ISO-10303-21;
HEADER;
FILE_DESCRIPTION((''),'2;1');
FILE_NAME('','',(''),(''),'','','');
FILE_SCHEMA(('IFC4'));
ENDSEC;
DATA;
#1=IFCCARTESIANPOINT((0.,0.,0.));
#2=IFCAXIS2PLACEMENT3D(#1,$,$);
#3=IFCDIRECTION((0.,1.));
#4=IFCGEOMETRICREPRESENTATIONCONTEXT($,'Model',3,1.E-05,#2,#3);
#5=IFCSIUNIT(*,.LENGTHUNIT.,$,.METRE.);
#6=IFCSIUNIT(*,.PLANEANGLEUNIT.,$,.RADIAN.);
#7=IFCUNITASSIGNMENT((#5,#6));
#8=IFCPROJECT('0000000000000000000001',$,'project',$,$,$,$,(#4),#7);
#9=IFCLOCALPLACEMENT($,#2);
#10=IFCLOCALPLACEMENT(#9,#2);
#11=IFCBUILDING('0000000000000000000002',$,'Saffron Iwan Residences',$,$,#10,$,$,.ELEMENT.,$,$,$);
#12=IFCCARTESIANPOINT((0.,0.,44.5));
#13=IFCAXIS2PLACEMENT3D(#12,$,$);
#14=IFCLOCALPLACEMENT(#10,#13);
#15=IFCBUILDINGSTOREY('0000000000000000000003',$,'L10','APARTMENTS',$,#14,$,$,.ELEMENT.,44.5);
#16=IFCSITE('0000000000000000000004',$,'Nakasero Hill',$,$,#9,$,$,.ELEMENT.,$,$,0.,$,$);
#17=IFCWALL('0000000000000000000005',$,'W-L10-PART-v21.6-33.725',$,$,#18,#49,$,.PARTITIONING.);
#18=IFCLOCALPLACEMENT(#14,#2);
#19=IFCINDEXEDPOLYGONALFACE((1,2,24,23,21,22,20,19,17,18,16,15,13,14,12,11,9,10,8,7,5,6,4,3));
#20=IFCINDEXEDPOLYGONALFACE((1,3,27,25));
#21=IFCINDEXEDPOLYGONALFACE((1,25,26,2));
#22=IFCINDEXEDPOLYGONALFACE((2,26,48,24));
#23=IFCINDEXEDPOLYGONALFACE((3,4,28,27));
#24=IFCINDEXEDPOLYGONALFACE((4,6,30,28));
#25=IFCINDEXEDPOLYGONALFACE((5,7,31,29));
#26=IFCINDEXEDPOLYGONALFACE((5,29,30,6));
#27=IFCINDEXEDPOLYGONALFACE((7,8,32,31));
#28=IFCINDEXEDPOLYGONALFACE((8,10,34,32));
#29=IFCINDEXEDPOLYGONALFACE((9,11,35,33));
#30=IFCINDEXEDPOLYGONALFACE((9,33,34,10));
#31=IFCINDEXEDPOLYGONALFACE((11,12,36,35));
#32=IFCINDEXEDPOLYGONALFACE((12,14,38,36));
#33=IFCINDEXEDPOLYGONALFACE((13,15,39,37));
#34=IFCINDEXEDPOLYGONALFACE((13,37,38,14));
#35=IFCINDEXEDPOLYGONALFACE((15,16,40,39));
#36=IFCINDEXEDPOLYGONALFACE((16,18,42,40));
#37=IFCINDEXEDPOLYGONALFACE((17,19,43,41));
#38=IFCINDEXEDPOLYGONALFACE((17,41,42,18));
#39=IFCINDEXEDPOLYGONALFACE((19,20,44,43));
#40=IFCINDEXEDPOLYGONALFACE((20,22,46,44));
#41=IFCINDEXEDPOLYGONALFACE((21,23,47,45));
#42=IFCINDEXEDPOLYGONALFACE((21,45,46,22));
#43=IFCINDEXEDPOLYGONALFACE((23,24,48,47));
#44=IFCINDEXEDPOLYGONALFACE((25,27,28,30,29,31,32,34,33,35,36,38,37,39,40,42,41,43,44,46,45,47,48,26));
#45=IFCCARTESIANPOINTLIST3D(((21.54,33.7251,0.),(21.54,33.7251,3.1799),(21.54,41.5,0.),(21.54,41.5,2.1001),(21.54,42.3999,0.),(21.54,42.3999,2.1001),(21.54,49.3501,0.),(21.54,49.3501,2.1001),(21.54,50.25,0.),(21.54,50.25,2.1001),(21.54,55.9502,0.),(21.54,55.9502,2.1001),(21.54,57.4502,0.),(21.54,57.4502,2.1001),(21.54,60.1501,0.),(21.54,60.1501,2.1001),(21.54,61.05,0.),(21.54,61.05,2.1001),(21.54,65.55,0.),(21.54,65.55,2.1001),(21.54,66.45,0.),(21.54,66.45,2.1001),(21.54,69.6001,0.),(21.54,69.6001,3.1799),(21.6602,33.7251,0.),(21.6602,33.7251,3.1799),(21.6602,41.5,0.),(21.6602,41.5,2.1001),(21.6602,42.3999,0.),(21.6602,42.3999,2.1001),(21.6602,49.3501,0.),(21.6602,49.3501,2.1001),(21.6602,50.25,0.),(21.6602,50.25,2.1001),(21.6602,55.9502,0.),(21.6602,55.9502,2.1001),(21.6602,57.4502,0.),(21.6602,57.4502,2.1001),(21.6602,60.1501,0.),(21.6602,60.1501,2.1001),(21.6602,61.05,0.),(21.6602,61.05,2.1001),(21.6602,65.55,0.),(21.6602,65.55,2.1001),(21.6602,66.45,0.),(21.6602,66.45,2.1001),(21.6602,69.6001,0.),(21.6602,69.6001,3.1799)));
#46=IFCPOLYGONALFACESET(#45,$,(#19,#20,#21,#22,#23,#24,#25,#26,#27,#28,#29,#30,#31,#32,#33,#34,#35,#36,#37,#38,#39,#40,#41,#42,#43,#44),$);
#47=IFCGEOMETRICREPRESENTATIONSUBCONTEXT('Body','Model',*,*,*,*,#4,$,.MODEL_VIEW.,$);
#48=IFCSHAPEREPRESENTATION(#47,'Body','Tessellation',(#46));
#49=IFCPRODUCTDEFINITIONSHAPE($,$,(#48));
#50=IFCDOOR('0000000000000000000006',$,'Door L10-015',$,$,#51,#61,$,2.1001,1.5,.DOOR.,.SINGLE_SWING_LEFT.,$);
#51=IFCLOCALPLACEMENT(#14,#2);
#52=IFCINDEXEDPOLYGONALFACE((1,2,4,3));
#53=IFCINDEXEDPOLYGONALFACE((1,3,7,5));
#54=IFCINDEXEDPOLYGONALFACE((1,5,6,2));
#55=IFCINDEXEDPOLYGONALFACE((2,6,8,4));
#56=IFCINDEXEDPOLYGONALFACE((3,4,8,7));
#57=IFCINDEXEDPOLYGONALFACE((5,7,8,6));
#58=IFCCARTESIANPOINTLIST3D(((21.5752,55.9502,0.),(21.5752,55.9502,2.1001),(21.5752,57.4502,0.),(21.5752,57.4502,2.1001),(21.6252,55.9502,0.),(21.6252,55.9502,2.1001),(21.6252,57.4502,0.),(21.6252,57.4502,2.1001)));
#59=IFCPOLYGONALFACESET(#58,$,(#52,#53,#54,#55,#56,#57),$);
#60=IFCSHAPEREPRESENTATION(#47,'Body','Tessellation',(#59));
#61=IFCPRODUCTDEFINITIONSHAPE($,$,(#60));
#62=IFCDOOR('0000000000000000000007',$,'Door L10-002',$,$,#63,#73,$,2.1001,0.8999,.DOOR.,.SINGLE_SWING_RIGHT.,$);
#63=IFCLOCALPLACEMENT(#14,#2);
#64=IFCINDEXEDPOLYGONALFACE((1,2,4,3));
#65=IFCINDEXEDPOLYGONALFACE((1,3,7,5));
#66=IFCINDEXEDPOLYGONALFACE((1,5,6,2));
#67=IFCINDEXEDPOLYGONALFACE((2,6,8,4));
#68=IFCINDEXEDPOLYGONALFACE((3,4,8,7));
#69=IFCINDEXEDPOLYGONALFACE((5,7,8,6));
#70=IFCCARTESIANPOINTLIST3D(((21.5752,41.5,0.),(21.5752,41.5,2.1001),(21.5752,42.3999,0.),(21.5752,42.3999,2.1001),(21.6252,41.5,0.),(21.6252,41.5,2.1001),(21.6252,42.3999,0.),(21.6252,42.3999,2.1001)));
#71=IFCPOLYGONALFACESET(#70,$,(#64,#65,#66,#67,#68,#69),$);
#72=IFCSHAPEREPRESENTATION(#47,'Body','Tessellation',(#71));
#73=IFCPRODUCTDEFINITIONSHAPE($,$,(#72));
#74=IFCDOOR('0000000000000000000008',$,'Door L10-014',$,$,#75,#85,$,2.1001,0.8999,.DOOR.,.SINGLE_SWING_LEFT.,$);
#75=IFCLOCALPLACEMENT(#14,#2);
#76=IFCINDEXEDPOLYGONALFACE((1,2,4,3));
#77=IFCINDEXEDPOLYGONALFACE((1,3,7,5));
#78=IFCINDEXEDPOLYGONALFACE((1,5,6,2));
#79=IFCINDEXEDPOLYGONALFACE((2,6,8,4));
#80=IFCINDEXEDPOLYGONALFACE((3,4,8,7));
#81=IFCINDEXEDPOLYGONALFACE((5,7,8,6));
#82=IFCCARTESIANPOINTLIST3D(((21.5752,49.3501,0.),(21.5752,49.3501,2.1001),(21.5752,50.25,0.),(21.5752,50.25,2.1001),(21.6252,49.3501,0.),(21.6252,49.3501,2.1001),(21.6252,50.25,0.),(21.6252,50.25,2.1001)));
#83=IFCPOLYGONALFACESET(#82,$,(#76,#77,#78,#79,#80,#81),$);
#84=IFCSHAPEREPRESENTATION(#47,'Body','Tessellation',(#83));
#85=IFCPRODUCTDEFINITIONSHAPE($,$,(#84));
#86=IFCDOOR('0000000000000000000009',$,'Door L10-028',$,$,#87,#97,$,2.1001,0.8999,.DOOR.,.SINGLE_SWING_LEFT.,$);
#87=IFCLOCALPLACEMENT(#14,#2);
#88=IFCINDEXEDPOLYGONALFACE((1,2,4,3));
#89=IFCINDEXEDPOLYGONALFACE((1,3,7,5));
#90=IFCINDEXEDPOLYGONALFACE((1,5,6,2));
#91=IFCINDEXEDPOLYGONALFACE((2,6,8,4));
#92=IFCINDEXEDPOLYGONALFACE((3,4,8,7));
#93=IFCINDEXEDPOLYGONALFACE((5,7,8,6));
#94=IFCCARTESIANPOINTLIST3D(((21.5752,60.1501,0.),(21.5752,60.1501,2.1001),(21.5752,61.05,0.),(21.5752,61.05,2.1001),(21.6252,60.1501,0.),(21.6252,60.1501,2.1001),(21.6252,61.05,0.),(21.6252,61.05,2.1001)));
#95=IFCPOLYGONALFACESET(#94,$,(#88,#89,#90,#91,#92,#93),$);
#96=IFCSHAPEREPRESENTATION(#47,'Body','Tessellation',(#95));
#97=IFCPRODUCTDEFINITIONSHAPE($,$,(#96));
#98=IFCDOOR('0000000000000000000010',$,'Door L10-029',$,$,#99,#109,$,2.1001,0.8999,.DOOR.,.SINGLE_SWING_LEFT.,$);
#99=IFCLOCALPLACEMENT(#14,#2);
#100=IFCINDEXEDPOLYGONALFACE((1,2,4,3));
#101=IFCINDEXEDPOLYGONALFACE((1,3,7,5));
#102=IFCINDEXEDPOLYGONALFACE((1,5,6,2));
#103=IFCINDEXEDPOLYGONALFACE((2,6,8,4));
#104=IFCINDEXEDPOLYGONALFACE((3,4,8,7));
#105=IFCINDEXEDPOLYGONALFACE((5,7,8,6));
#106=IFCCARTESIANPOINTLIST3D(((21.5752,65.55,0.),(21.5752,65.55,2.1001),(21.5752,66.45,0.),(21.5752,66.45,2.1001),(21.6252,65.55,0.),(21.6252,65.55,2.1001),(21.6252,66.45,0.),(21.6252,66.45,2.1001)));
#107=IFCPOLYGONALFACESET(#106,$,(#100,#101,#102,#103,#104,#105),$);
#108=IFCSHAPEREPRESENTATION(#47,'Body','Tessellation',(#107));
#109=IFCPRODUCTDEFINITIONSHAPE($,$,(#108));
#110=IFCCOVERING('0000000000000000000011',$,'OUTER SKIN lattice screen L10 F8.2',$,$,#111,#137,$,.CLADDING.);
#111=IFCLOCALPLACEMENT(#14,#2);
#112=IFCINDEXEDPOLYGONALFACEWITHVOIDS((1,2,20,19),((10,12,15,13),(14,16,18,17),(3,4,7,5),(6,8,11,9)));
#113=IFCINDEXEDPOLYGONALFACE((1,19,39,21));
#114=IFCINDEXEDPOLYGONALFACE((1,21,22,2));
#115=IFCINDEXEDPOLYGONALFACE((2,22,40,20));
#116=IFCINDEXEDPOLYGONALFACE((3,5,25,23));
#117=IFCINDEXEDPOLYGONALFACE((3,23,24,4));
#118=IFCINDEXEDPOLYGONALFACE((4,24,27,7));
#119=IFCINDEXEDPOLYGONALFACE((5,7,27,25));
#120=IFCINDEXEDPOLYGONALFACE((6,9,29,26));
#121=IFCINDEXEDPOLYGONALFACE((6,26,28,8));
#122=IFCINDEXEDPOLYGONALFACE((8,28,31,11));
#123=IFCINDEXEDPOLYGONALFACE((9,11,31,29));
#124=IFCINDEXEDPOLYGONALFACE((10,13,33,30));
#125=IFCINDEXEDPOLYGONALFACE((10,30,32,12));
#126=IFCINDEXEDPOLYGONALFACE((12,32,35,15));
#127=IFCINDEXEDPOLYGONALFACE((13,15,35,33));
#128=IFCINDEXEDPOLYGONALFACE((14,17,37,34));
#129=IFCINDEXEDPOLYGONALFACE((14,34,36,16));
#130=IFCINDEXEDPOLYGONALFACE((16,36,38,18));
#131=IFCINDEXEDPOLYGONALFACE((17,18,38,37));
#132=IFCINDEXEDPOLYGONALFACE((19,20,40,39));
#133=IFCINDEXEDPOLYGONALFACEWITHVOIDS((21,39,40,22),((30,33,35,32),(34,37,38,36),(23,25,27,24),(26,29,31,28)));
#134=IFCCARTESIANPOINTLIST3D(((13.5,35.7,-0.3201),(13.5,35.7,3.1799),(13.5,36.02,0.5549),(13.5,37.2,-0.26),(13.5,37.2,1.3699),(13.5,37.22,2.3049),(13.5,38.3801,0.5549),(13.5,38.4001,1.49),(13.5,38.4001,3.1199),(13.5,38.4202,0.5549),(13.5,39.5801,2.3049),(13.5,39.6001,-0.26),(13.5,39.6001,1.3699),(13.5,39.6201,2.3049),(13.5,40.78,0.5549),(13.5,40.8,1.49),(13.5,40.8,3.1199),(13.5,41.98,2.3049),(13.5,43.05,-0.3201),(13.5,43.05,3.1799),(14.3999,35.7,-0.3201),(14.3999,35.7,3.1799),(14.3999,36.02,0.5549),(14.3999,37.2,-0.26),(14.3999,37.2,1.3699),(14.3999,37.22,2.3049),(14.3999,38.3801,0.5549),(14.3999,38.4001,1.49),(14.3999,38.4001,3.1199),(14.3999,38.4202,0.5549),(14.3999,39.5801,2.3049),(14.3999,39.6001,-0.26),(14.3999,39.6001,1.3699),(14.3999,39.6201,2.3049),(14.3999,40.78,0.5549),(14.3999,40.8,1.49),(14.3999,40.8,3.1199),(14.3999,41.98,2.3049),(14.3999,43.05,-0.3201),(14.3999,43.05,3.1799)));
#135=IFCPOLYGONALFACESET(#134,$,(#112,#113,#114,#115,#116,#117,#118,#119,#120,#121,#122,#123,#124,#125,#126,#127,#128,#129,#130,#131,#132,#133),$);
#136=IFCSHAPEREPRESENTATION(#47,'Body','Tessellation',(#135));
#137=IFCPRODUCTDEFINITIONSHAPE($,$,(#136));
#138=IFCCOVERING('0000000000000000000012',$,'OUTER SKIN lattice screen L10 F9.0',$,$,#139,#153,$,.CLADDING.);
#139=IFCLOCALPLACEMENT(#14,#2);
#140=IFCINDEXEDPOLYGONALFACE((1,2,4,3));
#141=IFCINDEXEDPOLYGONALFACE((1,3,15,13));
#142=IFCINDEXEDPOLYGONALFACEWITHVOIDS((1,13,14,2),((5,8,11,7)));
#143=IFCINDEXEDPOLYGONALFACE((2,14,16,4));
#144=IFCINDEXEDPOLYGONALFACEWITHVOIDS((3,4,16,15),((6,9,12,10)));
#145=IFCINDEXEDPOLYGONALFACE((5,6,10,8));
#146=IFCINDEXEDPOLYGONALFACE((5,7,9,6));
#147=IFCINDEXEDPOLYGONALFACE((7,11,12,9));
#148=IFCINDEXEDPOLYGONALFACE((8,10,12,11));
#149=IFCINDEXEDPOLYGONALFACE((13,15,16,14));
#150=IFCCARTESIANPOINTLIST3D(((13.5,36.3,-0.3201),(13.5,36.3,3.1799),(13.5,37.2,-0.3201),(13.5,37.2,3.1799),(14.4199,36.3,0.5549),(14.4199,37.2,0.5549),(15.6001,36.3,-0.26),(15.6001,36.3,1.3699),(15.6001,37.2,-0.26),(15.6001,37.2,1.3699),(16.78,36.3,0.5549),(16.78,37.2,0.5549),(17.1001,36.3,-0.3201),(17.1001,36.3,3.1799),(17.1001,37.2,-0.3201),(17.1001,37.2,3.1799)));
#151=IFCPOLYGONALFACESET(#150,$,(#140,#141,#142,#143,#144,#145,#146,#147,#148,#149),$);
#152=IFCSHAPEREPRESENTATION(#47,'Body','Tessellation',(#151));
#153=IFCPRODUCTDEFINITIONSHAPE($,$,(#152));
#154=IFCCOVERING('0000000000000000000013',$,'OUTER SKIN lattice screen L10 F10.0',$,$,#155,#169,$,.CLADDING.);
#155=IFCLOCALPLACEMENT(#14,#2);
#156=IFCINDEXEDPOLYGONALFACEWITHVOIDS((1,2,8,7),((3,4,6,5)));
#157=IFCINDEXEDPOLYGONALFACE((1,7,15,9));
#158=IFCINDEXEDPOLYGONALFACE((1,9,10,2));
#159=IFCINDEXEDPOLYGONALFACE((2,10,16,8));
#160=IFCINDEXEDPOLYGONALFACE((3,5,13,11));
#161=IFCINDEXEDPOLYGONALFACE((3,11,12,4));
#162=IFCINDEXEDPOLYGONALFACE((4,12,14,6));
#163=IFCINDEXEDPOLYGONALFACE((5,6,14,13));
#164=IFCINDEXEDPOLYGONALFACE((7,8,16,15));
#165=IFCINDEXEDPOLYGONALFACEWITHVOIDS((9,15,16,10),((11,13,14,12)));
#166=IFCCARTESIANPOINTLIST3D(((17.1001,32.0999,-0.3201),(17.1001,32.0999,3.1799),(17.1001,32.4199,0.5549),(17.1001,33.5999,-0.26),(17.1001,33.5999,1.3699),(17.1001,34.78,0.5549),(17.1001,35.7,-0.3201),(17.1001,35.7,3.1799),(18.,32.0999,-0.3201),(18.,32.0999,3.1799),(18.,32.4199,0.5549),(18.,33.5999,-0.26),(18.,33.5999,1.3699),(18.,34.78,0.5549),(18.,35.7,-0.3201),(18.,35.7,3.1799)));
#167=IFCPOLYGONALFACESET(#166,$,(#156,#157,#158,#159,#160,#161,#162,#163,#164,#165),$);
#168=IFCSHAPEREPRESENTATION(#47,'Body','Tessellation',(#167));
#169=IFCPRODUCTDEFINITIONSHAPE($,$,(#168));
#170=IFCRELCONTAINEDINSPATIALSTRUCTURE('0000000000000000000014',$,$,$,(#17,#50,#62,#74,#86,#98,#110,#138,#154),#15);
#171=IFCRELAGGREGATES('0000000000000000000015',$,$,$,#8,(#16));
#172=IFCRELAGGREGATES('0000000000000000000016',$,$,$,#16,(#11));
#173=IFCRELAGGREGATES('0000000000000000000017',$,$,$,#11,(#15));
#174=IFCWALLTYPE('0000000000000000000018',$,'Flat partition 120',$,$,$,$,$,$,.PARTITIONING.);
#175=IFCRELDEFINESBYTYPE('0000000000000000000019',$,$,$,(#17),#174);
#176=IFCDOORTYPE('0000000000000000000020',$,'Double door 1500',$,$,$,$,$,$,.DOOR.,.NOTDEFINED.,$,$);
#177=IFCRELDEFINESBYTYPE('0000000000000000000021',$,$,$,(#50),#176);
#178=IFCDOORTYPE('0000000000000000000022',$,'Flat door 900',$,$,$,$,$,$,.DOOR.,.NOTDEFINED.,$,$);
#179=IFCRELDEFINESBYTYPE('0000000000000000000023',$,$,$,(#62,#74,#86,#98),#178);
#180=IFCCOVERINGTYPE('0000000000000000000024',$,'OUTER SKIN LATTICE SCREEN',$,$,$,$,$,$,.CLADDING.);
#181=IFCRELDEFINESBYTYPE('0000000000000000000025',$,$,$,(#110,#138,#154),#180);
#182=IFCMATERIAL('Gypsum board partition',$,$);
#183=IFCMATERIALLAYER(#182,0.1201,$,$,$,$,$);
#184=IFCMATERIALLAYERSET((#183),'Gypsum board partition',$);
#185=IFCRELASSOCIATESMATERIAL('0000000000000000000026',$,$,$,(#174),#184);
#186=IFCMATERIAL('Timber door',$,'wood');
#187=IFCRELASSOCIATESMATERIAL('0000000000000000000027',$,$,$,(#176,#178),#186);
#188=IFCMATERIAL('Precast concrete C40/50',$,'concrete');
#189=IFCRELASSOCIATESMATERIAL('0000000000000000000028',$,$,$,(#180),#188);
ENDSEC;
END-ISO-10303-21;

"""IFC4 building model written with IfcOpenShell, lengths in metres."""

from ifc_helpers import new_model, si_unit, direction, frame, frame_2d, origin, place, context, subcontext, project, spatial, polyline, rectangle, outline, extrude, material, layer, layer_set, type_object, element, fill, save


model = new_model("IFC4")

# Units and contexts
model_context = context("Model", 3, precision=1e-05, world=origin(), true_north=direction((0.0, 1.0)))
body_context = subcontext(model_context, "Body", "Model", "MODEL_VIEW")
ifc_project = project(units=[si_unit("LENGTHUNIT", "METRE"), si_unit("PLANEANGLEUNIT", "RADIAN")], contexts=[model_context])

# Site, building, storey
site_placement = place(None, origin())
site = spatial("IfcSite", under=ifc_project, at=site_placement, Name="Nakasero Hill", CompositionType="ELEMENT", RefElevation=0.0)
building_placement = place(site_placement, origin())
building = spatial("IfcBuilding", under=site, at=building_placement, Name="Saffron Iwan Residences", CompositionType="ELEMENT")
storey_placement = place(building_placement, frame((0.0, 0.0, 44.5)))
storey = spatial("IfcBuildingStorey", under=building, at=storey_placement, Name="L10", Description="APARTMENTS", CompositionType="ELEMENT", Elevation=44.5)

# Wall, openings, doors
ifc_material_1 = material(Name="Gypsum board partition")
ifc_layer_1 = layer(ifc_material_1, 0.1201)
ifc_layer_set_1 = layer_set([ifc_layer_1], Name="Gypsum board partition")
wall_type_1 = type_object("IfcWallType", Name="Flat partition 120", PredefinedType="PARTITIONING", material=ifc_layer_set_1)
wall_1_placement = place(storey_placement, frame((21.6001, 33.7251, 0.0), z_axis=(0.0, 0.0, 1.0), x_axis=(0.0, 1.0, 0.0)))
wall_1 = element("IfcWall", 1, at=wall_1_placement, inside=storey, type_object=wall_type_1, Name="W-L10-PART-v21.6-33.725", PredefinedType="PARTITIONING", context=body_context, shape_type="SweptSolid", body=[
    extrude(rectangle(XDim=35.875, YDim=0.1201, at=frame_2d((17.9375, 0.0))), origin(), (0.0, 0.0, 1.0), 3.1799),
])
opening_1_placement = place(wall_1_placement, frame((7.7749, 0.0, 0.0)))
opening_1 = element("IfcOpeningElement", 2, at=opening_1_placement, cuts=wall_1, PredefinedType="OPENING", context=body_context, shape_type="SweptSolid", body=[
    extrude(rectangle(XDim=0.8999, YDim=2.1001, at=frame_2d((0.45, 1.05))), frame((0.0, 0.0701, 0.0), z_axis=(0.0, -1.0, 0.0), x_axis=(1.0, 0.0, 0.0)), (0.0, 0.0, 1.0), 0.1401),
])
opening_2_placement = place(wall_1_placement, frame((15.625, 0.0, 0.0)))
opening_2 = element("IfcOpeningElement", 3, at=opening_2_placement, cuts=wall_1, PredefinedType="OPENING", context=body_context, shape_type="SweptSolid", body=[
    extrude(rectangle(XDim=0.8999, YDim=2.1001, at=frame_2d((0.45, 1.05))), frame((0.0, 0.0701, 0.0), z_axis=(0.0, -1.0, 0.0), x_axis=(1.0, 0.0, 0.0)), (0.0, 0.0, 1.0), 0.1401),
])
opening_3_placement = place(wall_1_placement, frame((22.2251, 0.0, 0.0)))
opening_3 = element("IfcOpeningElement", 4, at=opening_3_placement, cuts=wall_1, PredefinedType="OPENING", context=body_context, shape_type="SweptSolid", body=[
    extrude(rectangle(XDim=1.5, YDim=2.1001, at=frame_2d((0.75, 1.05))), frame((0.0, 0.0701, 0.0), z_axis=(0.0, -1.0, 0.0), x_axis=(1.0, 0.0, 0.0)), (0.0, 0.0, 1.0), 0.1401),
])
opening_4_placement = place(wall_1_placement, frame((26.425, 0.0, 0.0)))
opening_4 = element("IfcOpeningElement", 5, at=opening_4_placement, cuts=wall_1, PredefinedType="OPENING", context=body_context, shape_type="SweptSolid", body=[
    extrude(rectangle(XDim=0.8999, YDim=2.1001, at=frame_2d((0.45, 1.05))), frame((0.0, 0.0701, 0.0), z_axis=(0.0, -1.0, 0.0), x_axis=(1.0, 0.0, 0.0)), (0.0, 0.0, 1.0), 0.1401),
])
opening_5_placement = place(wall_1_placement, frame((31.825, 0.0, 0.0)))
opening_5 = element("IfcOpeningElement", 6, at=opening_5_placement, cuts=wall_1, PredefinedType="OPENING", context=body_context, shape_type="SweptSolid", body=[
    extrude(rectangle(XDim=0.8999, YDim=2.1001, at=frame_2d((0.45, 1.05))), frame((0.0, 0.0701, 0.0), z_axis=(0.0, -1.0, 0.0), x_axis=(1.0, 0.0, 0.0)), (0.0, 0.0, 1.0), 0.1401),
])
ifc_material_2 = material(Name="Timber door", Category="wood")
door_type_1 = type_object("IfcDoorType", Name="Double door 1500", OperationType="NOTDEFINED", PredefinedType="DOOR", material=ifc_material_2)
door_1_placement = place(opening_3_placement, origin())
door_1 = element("IfcDoor", 7, at=door_1_placement, inside=storey, type_object=door_type_1, Name="Door L10-015", OperationType="SINGLE_SWING_LEFT", OverallHeight=2.1001, OverallWidth=1.5, PredefinedType="DOOR", context=body_context, shape_type="SweptSolid", body=[
    extrude(rectangle(XDim=1.5, YDim=2.1001, at=frame_2d((0.75, 1.05))), frame((0.0, 0.0249, 0.0), z_axis=(0.0, -1.0, 0.0), x_axis=(1.0, 0.0, 0.0)), (0.0, 0.0, 1.0), 0.05),
])
fill(opening_3, door_1)
door_type_2 = type_object("IfcDoorType", Name="Flat door 900", OperationType="NOTDEFINED", PredefinedType="DOOR", material=ifc_material_2)
door_2_placement = place(opening_1_placement, origin())
door_2 = element("IfcDoor", 8, at=door_2_placement, inside=storey, type_object=door_type_2, Name="Door L10-002", OperationType="SINGLE_SWING_RIGHT", OverallHeight=2.1001, OverallWidth=0.8999, PredefinedType="DOOR", context=body_context, shape_type="SweptSolid", body=[
    extrude(rectangle(XDim=0.8999, YDim=2.1001, at=frame_2d((0.45, 1.05))), frame((0.0, 0.0249, 0.0), z_axis=(0.0, -1.0, 0.0), x_axis=(1.0, 0.0, 0.0)), (0.0, 0.0, 1.0), 0.05),
])
fill(opening_1, door_2)
door_3_placement = place(opening_2_placement, origin())
door_3 = element("IfcDoor", 9, at=door_3_placement, inside=storey, type_object=door_type_2, Name="Door L10-014", OperationType="SINGLE_SWING_LEFT", OverallHeight=2.1001, OverallWidth=0.8999, PredefinedType="DOOR", context=body_context, shape_type="SweptSolid", body=[
    extrude(rectangle(XDim=0.8999, YDim=2.1001, at=frame_2d((0.45, 1.05))), frame((0.0, 0.0249, 0.0), z_axis=(0.0, -1.0, 0.0), x_axis=(1.0, 0.0, 0.0)), (0.0, 0.0, 1.0), 0.05),
])
fill(opening_2, door_3)
door_4_placement = place(opening_4_placement, origin())
door_4 = element("IfcDoor", 10, at=door_4_placement, inside=storey, type_object=door_type_2, Name="Door L10-028", OperationType="SINGLE_SWING_LEFT", OverallHeight=2.1001, OverallWidth=0.8999, PredefinedType="DOOR", context=body_context, shape_type="SweptSolid", body=[
    extrude(rectangle(XDim=0.8999, YDim=2.1001, at=frame_2d((0.45, 1.05))), frame((0.0, 0.0249, 0.0), z_axis=(0.0, -1.0, 0.0), x_axis=(1.0, 0.0, 0.0)), (0.0, 0.0, 1.0), 0.05),
])
fill(opening_4, door_4)
door_5_placement = place(opening_5_placement, origin())
door_5 = element("IfcDoor", 11, at=door_5_placement, inside=storey, type_object=door_type_2, Name="Door L10-029", OperationType="SINGLE_SWING_LEFT", OverallHeight=2.1001, OverallWidth=0.8999, PredefinedType="DOOR", context=body_context, shape_type="SweptSolid", body=[
    extrude(rectangle(XDim=0.8999, YDim=2.1001, at=frame_2d((0.45, 1.05))), frame((0.0, 0.0249, 0.0), z_axis=(0.0, -1.0, 0.0), x_axis=(1.0, 0.0, 0.0)), (0.0, 0.0, 1.0), 0.05),
])
fill(opening_5, door_5)

# Coverings
ifc_material_3 = material(Name="Precast concrete C40/50", Category="concrete")
covering_type = type_object("IfcCoveringType", Name="OUTER SKIN LATTICE SCREEN", PredefinedType="CLADDING", material=ifc_material_3)
covering_placement = place(storey_placement, frame((14.3999, 43.05, -0.3201), z_axis=(-1.0, 0.0, 0.0), x_axis=(0.0, -1.0, 0.0)))
element("IfcCovering", 12, at=covering_placement, inside=storey, type_object=covering_type, Name="OUTER SKIN lattice screen L10 F8.2", PredefinedType="CLADDING", context=body_context, shape_type="SweptSolid", body=[
    extrude(outline(polyline([(0.0, 0.0), (7.3501, 0.0), (7.3501, 3.5), (0.0, 3.5), (0.0, 0.0)]), holes=[polyline([(2.27, 0.875), (3.45, 0.0601), (4.6299, 0.875), (3.45, 1.6899), (2.27, 0.875)]), polyline([(4.6699, 0.875), (5.8501, 0.0601), (7.03, 0.875), (5.8501, 1.6899), (4.6699, 0.875)]), polyline([(1.0701, 2.625), (2.25, 1.8101), (3.4299, 2.625), (2.25, 3.4399), (1.0701, 2.625)]), polyline([(3.47, 2.625), (4.6499, 1.8101), (5.8301, 2.625), (4.6499, 3.4399), (3.47, 2.625)])]), origin(), (0.0, 0.0, 1.0), 0.8999),
])
for number, where, z_axis, x_axis, name in (
    (13, (13.5, 37.2, -0.3201), (0.0, -1.0, 0.0), (1.0, 0.0, 0.0), "OUTER SKIN lattice screen L10 F9.0"),
    (14, (18.0, 35.7, -0.3201), (-1.0, 0.0, 0.0), (0.0, -1.0, 0.0), "OUTER SKIN lattice screen L10 F10.0"),
):
    element("IfcCovering", number, at=place(storey_placement, frame(where, z_axis=z_axis, x_axis=x_axis)), inside=storey, type_object=covering_type, Name=name, PredefinedType="CLADDING", context=body_context, shape_type="SweptSolid", body=[
        extrude(outline(polyline([(0.0, 0.0), (3.6001, 0.0), (3.6001, 3.5), (0.0, 3.5), (0.0, 0.0)]), holes=[polyline([(0.9199, 0.875), (2.1001, 0.0601), (3.28, 0.875), (2.1001, 1.6899), (0.9199, 0.875)])]), origin(), (0.0, 0.0, 1.0), 0.8999),
    ])

save(model, "model.ifc")
